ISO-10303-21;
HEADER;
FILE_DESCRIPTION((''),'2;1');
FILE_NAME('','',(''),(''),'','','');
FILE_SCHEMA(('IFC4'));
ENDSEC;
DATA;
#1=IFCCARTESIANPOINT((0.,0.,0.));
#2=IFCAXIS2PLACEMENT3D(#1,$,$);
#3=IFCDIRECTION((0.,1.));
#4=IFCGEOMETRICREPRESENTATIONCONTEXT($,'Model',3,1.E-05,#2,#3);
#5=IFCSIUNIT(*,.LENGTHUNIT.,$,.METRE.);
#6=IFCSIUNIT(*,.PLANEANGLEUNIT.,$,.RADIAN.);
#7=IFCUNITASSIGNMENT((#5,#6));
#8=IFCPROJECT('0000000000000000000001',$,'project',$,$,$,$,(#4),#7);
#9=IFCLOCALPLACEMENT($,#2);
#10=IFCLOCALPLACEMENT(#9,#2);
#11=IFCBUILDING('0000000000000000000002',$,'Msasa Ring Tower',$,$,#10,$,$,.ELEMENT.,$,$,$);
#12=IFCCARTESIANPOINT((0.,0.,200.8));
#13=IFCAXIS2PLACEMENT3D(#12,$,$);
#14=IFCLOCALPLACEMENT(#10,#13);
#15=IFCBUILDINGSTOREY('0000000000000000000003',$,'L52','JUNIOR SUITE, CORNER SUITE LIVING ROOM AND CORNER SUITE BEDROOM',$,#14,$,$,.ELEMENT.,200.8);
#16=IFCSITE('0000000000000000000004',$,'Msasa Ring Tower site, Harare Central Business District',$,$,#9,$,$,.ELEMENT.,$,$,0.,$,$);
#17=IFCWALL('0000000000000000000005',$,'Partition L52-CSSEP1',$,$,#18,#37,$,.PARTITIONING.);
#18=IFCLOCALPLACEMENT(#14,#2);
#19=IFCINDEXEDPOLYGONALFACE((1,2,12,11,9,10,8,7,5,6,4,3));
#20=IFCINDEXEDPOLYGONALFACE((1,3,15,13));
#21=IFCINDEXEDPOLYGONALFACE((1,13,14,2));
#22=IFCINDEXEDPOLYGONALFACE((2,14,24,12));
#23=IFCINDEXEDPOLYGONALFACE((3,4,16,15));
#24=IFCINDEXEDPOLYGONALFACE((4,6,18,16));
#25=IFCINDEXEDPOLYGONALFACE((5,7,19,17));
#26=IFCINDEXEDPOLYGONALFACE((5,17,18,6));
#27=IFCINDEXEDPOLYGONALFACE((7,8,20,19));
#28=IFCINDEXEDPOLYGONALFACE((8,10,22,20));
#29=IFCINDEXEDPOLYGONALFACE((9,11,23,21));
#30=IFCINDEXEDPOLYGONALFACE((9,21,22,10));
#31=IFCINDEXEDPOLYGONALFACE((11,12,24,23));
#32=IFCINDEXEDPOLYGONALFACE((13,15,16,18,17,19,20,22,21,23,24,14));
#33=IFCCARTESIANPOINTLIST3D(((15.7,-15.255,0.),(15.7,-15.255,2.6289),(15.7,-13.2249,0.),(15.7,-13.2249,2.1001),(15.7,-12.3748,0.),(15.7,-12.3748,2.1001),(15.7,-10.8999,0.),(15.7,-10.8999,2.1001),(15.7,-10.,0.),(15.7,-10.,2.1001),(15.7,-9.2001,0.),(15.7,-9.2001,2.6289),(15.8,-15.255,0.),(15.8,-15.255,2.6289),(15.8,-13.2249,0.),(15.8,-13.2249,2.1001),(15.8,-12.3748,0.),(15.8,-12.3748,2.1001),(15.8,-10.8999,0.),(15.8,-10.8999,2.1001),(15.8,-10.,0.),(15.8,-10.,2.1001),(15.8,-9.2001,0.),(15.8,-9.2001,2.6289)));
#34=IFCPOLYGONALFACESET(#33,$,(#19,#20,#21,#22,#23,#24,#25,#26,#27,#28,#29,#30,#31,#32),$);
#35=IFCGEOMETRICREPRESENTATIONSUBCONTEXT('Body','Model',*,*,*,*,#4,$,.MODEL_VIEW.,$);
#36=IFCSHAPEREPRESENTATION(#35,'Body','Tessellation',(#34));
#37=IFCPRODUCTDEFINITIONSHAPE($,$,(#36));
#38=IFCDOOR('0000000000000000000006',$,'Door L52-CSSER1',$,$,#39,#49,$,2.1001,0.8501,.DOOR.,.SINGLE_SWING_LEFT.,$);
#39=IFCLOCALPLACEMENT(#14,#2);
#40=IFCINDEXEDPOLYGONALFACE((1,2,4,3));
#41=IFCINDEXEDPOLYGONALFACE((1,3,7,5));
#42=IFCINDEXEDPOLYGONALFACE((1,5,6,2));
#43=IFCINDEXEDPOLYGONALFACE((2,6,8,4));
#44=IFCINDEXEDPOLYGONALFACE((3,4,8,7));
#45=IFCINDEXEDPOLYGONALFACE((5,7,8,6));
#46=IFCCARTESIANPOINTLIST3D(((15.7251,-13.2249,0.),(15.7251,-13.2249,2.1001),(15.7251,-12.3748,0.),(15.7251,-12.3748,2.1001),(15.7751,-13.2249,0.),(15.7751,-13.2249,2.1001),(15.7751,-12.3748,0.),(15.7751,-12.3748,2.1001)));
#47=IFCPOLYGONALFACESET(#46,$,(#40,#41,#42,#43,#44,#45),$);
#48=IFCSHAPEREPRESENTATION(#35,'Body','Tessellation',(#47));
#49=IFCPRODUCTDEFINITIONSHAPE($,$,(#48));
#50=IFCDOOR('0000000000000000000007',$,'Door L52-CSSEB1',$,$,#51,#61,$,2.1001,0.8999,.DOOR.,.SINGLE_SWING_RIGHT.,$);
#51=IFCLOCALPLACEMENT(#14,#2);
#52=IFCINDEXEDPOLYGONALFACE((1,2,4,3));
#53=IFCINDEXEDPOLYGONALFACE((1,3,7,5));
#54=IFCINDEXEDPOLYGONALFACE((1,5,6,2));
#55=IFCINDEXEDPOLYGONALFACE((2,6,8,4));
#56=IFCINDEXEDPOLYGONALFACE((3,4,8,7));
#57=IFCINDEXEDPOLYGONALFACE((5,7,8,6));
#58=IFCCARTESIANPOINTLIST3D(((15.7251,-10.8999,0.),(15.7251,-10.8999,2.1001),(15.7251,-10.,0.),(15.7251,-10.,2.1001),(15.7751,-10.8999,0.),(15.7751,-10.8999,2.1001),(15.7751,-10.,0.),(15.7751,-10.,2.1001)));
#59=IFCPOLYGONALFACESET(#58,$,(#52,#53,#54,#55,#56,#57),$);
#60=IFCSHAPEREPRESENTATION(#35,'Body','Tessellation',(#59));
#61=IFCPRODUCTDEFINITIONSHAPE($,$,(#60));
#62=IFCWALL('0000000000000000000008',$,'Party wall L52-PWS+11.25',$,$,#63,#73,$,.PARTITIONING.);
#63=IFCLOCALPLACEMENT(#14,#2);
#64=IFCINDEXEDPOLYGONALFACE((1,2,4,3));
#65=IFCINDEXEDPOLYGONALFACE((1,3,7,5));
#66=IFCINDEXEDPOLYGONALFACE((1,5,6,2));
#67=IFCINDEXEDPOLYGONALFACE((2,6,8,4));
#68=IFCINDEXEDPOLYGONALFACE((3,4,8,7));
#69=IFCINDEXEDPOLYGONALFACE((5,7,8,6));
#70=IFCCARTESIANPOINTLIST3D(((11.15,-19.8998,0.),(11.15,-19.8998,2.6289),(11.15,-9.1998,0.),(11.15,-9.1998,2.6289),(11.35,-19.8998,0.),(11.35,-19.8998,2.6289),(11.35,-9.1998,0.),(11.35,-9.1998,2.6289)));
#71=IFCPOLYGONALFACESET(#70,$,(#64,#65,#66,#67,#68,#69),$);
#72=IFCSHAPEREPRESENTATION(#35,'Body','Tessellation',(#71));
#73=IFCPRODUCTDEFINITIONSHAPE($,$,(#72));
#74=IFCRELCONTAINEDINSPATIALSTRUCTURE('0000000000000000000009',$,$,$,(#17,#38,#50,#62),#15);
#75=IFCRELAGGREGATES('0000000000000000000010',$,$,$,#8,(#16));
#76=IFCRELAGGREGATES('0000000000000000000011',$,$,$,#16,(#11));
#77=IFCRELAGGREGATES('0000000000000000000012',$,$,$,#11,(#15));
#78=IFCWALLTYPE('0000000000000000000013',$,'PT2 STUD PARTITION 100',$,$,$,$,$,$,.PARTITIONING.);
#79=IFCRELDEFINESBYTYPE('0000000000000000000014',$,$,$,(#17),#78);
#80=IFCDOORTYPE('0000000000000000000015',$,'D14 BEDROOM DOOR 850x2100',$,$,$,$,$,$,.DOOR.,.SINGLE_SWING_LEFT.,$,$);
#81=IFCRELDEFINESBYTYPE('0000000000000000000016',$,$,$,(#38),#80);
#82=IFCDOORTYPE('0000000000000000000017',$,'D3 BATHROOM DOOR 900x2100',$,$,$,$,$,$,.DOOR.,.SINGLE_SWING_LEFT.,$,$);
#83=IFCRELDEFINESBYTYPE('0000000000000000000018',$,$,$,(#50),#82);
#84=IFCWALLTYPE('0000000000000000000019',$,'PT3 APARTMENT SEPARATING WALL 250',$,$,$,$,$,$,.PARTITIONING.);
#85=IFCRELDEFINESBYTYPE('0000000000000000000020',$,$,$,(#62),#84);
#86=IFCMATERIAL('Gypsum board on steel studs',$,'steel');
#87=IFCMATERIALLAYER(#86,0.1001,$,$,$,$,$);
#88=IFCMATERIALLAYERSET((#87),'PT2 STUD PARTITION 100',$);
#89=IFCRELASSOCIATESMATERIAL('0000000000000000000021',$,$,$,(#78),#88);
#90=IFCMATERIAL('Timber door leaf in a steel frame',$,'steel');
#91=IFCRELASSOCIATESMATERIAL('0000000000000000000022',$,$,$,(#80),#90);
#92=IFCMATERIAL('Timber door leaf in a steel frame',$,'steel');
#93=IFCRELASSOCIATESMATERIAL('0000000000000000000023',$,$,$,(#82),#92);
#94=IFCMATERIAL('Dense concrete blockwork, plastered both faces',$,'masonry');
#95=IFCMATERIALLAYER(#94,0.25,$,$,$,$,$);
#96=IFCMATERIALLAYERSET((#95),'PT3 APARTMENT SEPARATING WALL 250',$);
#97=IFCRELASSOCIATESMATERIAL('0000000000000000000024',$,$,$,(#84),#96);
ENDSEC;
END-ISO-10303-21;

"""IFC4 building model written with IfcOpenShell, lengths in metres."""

from ifc_helpers import new_model, si_unit, direction, frame, frame_2d, origin, place, context, subcontext, project, spatial, rectangle, extrude, material, layer, layer_set, type_object, element, fill, save


model = new_model("IFC4")

# Units and contexts
model_context = context("Model", 3, precision=1e-05, world=origin(), true_north=direction((0.0, 1.0)))
body_context = subcontext(model_context, "Body", "Model", "MODEL_VIEW")
ifc_project = project(units=[si_unit("LENGTHUNIT", "METRE"), si_unit("PLANEANGLEUNIT", "RADIAN")], contexts=[model_context])

# Site, building, storey
site_placement = place(None, origin())
site = spatial("IfcSite", under=ifc_project, at=site_placement, Name="Msasa Ring Tower site, Harare Central Business District", CompositionType="ELEMENT", RefElevation=0.0)
building_placement = place(site_placement, origin())
building = spatial("IfcBuilding", under=site, at=building_placement, Name="Msasa Ring Tower", CompositionType="ELEMENT")
storey_placement = place(building_placement, frame((0.0, 0.0, 200.8)))
storey = spatial("IfcBuildingStorey", under=building, at=storey_placement, Name="L52", Description="JUNIOR SUITE, CORNER SUITE LIVING ROOM AND CORNER SUITE BEDROOM", CompositionType="ELEMENT", Elevation=200.8)

# Wall, openings, doors
ifc_material_1 = material(Name="Gypsum board on steel studs", Category="steel")
ifc_layer_1 = layer(ifc_material_1, 0.1001)
ifc_layer_set_1 = layer_set([ifc_layer_1], Name="PT2 STUD PARTITION 100")
wall_type_1 = type_object("IfcWallType", Name="PT2 STUD PARTITION 100", PredefinedType="PARTITIONING", material=ifc_layer_set_1)
wall_1_placement = place(storey_placement, frame((15.75, -15.2549, 0.0), z_axis=(0.0, 0.0, 1.0), x_axis=(0.0, 1.0, 0.0)))
wall_1 = element("IfcWall", 1, at=wall_1_placement, inside=storey, type_object=wall_type_1, Name="Partition L52-CSSEP1", PredefinedType="PARTITIONING", context=body_context, shape_type="SweptSolid", body=[
    extrude(rectangle(XDim=6.0549, YDim=0.1001, at=frame_2d((3.0273, 0.0))), origin(), (0.0, 0.0, 1.0), 2.6289),
])
opening_1_placement = place(wall_1_placement, frame((2.03, 0.0, 0.0)))
opening_1 = element("IfcOpeningElement", 2, at=opening_1_placement, cuts=wall_1, PredefinedType="OPENING", context=body_context, shape_type="SweptSolid", body=[
    extrude(rectangle(XDim=0.8501, YDim=2.1001, at=frame_2d((0.425, 1.05))), frame((0.0, 0.0601, 0.0), z_axis=(0.0, -1.0, 0.0), x_axis=(1.0, 0.0, 0.0)), (0.0, 0.0, 1.0), 0.1201),
])
opening_2_placement = place(wall_1_placement, frame((4.355, 0.0, 0.0)))
opening_2 = element("IfcOpeningElement", 3, at=opening_2_placement, cuts=wall_1, PredefinedType="OPENING", context=body_context, shape_type="SweptSolid", body=[
    extrude(rectangle(XDim=0.8999, YDim=2.1001, at=frame_2d((0.45, 1.05))), frame((0.0, 0.0601, 0.0), z_axis=(0.0, -1.0, 0.0), x_axis=(1.0, 0.0, 0.0)), (0.0, 0.0, 1.0), 0.1201),
])
ifc_material_2 = material(Name="Timber door leaf in a steel frame", Category="steel")
door_type_1 = type_object("IfcDoorType", Name="D14 BEDROOM DOOR 850x2100", OperationType="SINGLE_SWING_LEFT", PredefinedType="DOOR", material=ifc_material_2)
door_1_placement = place(opening_1_placement, origin())
door_1 = element("IfcDoor", 4, at=door_1_placement, inside=storey, type_object=door_type_1, Name="Door L52-CSSER1", OperationType="SINGLE_SWING_LEFT", OverallHeight=2.1001, OverallWidth=0.8501, PredefinedType="DOOR", context=body_context, shape_type="SweptSolid", body=[
    extrude(rectangle(XDim=0.8501, YDim=2.1001, at=frame_2d((0.425, 1.05))), frame((0.0, 0.0249, 0.0), z_axis=(0.0, -1.0, 0.0), x_axis=(1.0, 0.0, 0.0)), (0.0, 0.0, 1.0), 0.05),
])
fill(opening_1, door_1)
ifc_material_3 = material(Name="Timber door leaf in a steel frame", Category="steel")
door_type_2 = type_object("IfcDoorType", Name="D3 BATHROOM DOOR 900x2100", OperationType="SINGLE_SWING_LEFT", PredefinedType="DOOR", material=ifc_material_3)
door_2_placement = place(opening_2_placement, origin())
door_2 = element("IfcDoor", 5, at=door_2_placement, inside=storey, type_object=door_type_2, Name="Door L52-CSSEB1", OperationType="SINGLE_SWING_RIGHT", OverallHeight=2.1001, OverallWidth=0.8999, PredefinedType="DOOR", context=body_context, shape_type="SweptSolid", body=[
    extrude(rectangle(XDim=0.8999, YDim=2.1001, at=frame_2d((0.45, 1.05))), frame((0.0, 0.0249, 0.0), z_axis=(0.0, -1.0, 0.0), x_axis=(1.0, 0.0, 0.0)), (0.0, 0.0, 1.0), 0.05),
])
fill(opening_2, door_2)

# Wall
ifc_material_4 = material(Name="Dense concrete blockwork, plastered both faces", Category="masonry")
ifc_layer_2 = layer(ifc_material_4, 0.25)
ifc_layer_set_2 = layer_set([ifc_layer_2], Name="PT3 APARTMENT SEPARATING WALL 250")
wall_type_2 = type_object("IfcWallType", Name="PT3 APARTMENT SEPARATING WALL 250", PredefinedType="PARTITIONING", material=ifc_layer_set_2)
wall_2_placement = place(storey_placement, frame((11.25, -19.8999, 0.0), z_axis=(0.0, 0.0, 1.0), x_axis=(0.0, 1.0, 0.0)))
element("IfcWall", 6, at=wall_2_placement, inside=storey, type_object=wall_type_2, Name="Party wall L52-PWS+11.25", PredefinedType="PARTITIONING", context=body_context, shape_type="SweptSolid", body=[
    extrude(rectangle(XDim=10.7, YDim=0.2, at=frame_2d((5.3501, 0.0))), origin(), (0.0, 0.0, 1.0), 2.6289),
])

save(model, "model.ifc")
